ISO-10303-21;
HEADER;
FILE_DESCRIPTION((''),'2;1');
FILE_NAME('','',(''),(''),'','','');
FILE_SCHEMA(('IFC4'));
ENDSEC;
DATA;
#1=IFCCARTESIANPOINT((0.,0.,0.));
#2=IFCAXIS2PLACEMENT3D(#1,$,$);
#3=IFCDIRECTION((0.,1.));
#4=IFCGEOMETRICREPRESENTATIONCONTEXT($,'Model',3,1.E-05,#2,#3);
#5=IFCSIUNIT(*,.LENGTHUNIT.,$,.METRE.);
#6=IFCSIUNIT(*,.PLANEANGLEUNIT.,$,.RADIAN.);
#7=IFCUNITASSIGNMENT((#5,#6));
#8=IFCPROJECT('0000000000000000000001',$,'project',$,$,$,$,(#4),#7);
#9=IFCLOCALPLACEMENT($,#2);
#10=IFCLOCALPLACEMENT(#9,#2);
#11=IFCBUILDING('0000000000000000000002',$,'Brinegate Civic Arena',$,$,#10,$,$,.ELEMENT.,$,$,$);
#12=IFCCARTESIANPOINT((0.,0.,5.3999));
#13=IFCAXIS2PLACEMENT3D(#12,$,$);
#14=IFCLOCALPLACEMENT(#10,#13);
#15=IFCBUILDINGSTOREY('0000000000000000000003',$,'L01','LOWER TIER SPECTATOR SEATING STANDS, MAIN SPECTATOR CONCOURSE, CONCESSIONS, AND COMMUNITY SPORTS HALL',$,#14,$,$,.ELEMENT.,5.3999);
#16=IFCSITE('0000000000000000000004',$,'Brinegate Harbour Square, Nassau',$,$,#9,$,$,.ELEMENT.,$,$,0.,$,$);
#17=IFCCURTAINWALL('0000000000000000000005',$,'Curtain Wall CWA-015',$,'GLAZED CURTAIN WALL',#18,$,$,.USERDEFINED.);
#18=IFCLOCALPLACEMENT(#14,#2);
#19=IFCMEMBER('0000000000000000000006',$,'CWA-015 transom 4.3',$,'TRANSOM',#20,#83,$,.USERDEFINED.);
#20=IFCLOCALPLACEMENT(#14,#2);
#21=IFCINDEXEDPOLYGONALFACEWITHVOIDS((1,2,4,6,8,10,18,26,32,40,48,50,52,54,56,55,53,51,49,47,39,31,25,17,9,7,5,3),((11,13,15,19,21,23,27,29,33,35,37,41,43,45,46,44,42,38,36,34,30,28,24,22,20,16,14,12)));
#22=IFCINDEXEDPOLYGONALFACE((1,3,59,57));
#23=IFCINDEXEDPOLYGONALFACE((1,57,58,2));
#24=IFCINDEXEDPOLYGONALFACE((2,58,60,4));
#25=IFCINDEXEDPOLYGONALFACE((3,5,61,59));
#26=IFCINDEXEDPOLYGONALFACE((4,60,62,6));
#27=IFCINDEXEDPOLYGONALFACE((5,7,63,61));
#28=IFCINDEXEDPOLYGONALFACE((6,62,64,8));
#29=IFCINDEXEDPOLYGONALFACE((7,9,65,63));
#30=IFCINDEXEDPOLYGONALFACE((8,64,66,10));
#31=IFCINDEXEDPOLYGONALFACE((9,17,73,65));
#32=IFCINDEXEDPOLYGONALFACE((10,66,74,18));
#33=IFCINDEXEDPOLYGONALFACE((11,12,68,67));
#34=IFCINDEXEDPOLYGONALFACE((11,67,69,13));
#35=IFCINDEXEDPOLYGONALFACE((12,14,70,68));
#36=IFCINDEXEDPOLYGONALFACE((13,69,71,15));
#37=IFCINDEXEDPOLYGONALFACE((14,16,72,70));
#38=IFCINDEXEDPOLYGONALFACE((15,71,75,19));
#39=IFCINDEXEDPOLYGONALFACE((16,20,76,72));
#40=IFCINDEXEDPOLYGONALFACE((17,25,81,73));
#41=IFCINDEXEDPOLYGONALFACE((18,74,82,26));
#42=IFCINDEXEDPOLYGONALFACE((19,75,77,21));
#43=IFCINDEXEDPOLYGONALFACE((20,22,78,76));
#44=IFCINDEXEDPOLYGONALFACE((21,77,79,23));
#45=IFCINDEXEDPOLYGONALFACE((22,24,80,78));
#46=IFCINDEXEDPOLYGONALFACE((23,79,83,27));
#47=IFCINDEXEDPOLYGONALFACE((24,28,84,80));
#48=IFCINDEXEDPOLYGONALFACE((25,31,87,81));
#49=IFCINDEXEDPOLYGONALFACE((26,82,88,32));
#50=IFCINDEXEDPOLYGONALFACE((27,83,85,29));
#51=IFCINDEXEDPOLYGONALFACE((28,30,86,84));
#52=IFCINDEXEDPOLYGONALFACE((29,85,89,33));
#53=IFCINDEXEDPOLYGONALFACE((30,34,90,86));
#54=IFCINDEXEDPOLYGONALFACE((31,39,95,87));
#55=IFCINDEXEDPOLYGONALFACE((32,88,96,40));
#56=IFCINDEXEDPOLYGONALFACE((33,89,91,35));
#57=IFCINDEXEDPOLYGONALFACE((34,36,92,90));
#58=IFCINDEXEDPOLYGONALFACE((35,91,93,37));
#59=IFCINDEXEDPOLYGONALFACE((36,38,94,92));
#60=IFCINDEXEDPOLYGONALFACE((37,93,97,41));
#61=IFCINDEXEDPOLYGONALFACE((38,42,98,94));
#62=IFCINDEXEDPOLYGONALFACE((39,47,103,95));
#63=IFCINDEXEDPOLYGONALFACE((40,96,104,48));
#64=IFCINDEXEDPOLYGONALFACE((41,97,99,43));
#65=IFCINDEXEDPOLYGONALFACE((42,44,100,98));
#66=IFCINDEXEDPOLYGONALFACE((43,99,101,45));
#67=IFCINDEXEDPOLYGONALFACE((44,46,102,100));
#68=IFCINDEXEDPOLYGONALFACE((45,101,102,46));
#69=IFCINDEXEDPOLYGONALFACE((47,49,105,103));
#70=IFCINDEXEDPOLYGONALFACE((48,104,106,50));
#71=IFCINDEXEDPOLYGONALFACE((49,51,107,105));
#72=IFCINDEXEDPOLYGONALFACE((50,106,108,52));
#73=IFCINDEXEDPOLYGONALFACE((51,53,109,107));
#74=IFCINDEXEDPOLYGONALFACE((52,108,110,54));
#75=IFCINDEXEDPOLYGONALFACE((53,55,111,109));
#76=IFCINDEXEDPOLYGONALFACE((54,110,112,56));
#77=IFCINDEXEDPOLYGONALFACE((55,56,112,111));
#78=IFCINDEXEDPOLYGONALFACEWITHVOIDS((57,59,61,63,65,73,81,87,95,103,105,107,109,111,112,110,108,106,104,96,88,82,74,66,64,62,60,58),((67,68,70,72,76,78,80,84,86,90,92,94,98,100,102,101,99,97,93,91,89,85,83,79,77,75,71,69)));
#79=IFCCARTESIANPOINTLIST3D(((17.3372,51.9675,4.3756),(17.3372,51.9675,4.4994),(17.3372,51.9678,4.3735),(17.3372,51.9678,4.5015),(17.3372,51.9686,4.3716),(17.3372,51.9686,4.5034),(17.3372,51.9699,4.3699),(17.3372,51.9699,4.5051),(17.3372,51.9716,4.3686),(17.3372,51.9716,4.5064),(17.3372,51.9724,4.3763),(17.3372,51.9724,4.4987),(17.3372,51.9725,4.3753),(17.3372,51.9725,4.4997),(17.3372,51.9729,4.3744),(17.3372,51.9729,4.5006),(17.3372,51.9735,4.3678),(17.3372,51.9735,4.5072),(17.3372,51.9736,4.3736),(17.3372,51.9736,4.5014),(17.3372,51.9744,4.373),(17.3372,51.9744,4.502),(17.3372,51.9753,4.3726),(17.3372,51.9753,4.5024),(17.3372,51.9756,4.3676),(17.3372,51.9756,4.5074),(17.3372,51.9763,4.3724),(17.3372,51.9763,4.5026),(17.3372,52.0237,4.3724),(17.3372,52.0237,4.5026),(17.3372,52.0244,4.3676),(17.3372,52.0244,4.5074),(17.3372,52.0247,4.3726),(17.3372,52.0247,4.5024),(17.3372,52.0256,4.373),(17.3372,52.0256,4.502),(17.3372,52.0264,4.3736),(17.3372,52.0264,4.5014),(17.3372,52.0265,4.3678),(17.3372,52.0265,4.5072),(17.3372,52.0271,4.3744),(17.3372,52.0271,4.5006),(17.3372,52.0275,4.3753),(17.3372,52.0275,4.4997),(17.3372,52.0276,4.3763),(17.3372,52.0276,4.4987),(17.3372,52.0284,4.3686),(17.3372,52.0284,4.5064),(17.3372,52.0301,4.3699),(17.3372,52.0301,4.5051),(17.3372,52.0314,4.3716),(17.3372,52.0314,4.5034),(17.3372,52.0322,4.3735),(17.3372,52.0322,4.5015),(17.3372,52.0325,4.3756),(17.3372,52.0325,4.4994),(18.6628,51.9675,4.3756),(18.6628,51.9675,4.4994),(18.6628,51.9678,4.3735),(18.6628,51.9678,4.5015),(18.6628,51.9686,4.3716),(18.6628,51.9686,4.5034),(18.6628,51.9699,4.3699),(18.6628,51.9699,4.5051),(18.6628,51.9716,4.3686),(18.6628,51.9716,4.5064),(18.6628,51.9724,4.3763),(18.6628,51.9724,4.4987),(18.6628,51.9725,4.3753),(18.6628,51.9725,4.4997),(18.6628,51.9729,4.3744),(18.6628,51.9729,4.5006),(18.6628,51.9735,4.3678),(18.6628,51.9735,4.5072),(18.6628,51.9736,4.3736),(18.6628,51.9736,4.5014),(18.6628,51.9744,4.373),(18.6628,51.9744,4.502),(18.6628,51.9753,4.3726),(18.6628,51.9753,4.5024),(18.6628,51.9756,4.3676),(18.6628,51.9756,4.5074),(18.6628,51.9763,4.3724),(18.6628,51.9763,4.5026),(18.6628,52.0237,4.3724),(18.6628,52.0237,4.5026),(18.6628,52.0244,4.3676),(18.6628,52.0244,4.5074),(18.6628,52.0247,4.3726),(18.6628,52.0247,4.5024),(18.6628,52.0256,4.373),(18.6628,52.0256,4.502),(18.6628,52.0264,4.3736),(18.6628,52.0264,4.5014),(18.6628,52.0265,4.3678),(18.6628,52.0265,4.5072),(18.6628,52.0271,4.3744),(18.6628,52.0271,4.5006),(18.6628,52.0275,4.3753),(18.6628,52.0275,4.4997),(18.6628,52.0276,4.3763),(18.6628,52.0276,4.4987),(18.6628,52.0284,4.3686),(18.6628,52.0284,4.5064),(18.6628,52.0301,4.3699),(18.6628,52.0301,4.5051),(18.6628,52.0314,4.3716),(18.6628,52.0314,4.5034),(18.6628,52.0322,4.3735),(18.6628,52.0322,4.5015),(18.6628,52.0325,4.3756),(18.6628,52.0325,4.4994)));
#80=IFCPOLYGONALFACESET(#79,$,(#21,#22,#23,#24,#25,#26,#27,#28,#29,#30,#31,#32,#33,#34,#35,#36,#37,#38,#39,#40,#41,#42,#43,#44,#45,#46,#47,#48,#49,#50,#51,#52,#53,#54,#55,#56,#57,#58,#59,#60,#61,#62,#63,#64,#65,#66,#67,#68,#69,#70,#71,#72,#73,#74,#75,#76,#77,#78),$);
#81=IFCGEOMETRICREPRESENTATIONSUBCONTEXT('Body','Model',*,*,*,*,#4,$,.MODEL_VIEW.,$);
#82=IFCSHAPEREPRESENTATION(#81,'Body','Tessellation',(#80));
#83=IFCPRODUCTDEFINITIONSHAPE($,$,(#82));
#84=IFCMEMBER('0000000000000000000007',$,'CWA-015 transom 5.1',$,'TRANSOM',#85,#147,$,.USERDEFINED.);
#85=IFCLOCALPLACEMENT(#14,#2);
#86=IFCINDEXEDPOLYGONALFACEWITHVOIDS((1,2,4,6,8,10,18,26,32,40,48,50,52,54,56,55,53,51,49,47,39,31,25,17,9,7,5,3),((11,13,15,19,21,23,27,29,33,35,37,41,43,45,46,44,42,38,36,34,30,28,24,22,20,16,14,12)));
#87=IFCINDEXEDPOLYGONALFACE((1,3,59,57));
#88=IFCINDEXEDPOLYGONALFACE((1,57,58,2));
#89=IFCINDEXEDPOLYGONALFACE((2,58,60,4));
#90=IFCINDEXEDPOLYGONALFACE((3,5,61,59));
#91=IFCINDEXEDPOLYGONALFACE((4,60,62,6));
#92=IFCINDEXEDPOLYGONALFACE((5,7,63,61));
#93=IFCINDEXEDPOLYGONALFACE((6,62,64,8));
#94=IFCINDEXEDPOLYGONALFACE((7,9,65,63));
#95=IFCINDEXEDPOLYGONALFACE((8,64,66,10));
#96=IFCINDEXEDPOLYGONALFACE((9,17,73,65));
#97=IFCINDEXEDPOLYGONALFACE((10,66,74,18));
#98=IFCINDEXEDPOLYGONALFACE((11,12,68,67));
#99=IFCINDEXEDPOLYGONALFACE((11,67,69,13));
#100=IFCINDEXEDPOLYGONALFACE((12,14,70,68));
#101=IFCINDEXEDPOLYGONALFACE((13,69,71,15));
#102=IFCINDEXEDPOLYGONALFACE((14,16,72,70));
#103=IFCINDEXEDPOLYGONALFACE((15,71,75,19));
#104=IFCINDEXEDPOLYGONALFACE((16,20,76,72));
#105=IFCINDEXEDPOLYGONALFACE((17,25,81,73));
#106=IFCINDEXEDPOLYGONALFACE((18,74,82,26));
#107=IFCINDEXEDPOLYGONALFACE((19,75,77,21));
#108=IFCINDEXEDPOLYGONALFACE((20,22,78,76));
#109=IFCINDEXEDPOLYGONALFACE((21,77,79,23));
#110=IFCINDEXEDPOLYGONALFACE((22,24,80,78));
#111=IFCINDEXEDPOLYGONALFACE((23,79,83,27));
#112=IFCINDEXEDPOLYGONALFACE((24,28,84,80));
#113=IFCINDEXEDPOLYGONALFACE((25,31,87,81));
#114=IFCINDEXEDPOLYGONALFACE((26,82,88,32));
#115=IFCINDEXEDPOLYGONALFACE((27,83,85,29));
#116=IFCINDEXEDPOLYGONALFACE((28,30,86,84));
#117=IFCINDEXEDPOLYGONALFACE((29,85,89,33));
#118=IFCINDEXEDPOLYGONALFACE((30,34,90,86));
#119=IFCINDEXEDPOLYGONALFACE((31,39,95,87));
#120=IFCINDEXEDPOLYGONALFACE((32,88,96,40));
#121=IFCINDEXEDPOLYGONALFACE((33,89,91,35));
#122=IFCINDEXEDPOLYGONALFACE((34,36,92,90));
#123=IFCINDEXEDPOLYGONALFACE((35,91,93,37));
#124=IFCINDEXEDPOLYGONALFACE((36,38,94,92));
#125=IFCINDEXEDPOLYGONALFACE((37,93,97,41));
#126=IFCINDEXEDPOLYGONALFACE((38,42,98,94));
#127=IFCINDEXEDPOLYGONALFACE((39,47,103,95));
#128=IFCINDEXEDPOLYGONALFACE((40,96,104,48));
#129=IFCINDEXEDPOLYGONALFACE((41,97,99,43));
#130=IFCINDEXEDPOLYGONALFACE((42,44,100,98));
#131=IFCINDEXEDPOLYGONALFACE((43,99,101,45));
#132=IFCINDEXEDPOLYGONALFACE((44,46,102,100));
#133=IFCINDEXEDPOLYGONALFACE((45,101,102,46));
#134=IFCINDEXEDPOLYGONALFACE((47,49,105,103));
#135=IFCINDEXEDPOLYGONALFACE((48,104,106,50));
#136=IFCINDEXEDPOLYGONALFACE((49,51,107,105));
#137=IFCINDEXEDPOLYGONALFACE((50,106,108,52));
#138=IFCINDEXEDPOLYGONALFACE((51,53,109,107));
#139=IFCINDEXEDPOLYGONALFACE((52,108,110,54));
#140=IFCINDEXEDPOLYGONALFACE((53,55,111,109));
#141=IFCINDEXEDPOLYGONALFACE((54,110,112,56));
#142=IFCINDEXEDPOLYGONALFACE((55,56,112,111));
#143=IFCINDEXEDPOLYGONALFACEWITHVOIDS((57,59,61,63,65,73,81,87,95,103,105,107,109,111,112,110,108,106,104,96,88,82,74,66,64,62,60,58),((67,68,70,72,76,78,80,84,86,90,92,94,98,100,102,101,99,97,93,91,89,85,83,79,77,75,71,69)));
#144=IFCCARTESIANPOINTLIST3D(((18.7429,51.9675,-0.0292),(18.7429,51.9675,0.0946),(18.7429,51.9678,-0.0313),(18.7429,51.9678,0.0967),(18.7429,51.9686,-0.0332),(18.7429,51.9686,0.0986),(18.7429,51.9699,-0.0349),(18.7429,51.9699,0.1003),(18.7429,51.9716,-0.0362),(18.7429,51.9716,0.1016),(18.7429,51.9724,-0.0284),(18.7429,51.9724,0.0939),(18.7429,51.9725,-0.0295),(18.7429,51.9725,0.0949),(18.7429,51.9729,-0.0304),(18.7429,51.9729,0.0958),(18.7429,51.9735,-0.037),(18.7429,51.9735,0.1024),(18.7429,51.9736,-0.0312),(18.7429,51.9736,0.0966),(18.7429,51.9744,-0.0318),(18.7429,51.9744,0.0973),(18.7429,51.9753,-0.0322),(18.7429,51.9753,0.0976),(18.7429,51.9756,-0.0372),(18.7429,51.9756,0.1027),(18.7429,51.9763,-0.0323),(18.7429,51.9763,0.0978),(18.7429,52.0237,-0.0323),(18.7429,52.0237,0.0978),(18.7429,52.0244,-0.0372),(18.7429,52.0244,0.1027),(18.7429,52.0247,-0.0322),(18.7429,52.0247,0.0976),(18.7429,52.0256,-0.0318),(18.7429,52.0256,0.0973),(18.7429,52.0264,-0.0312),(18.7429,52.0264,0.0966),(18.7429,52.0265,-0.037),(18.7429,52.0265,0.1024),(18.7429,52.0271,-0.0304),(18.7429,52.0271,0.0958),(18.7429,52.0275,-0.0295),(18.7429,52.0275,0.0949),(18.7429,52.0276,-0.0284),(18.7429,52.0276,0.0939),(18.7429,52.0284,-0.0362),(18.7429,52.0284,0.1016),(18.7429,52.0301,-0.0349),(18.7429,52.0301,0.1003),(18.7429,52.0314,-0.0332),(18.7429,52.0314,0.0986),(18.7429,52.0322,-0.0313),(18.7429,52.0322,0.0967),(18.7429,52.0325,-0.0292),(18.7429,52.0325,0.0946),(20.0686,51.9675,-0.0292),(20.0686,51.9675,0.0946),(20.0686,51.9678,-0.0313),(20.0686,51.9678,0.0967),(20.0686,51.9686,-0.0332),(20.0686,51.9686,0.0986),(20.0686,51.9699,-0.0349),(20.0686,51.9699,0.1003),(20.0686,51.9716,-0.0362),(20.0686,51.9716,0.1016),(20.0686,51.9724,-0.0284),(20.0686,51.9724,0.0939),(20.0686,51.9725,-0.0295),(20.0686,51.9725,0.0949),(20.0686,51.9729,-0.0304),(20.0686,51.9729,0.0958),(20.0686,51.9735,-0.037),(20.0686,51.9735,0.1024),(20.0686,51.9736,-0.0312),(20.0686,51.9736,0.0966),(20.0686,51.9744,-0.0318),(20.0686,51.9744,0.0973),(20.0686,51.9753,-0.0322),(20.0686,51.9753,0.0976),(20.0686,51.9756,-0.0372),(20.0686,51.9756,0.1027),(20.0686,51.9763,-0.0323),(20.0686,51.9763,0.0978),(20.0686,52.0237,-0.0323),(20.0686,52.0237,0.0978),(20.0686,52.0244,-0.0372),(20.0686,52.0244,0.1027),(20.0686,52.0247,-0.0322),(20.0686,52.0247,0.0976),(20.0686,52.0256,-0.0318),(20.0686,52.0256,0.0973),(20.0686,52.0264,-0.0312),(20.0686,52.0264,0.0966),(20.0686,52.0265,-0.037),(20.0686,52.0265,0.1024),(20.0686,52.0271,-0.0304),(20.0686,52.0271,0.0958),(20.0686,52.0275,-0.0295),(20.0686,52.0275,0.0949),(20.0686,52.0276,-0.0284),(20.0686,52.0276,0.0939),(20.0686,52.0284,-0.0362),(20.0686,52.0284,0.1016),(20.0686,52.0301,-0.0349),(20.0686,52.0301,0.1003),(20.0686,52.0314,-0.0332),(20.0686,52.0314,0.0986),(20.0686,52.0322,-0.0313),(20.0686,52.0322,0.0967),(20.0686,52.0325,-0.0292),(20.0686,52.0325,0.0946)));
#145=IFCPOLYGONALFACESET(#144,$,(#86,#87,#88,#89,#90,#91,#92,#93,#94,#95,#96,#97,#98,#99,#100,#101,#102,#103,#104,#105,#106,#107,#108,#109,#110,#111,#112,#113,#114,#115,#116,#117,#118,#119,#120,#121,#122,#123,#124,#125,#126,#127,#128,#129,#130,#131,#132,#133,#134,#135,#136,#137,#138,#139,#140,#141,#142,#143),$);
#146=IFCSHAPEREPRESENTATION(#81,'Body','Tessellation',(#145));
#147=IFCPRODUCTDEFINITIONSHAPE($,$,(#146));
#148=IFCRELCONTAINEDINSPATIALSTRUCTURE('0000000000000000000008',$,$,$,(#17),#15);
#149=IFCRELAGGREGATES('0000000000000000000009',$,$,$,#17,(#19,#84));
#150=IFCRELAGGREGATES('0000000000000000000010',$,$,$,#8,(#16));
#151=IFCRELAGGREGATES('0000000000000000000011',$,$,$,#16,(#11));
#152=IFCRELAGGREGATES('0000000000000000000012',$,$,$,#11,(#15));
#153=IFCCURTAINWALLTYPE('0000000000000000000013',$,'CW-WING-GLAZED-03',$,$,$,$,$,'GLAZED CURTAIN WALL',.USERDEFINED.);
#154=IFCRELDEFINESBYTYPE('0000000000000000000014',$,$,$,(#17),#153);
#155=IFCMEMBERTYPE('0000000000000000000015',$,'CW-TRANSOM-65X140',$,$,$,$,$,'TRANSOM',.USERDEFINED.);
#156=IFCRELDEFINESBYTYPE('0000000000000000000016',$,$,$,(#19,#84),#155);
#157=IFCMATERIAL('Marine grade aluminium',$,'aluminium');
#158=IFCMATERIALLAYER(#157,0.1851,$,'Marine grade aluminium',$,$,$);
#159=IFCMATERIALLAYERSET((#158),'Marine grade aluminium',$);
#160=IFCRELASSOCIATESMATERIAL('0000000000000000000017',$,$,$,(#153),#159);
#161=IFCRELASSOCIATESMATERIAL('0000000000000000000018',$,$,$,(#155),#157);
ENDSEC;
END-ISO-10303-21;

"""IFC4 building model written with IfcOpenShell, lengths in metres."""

from ifc_helpers import new_model, si_unit, direction, frame, origin, origin_2d, place, context, subcontext, project, spatial, hollow_rectangle, extrude, material, layer, layer_set, material_profile, profile_set, type_object, element, aggregate, save


model = new_model("IFC4")

# Units and contexts
model_context = context("Model", 3, precision=1e-05, world=origin(), true_north=direction((0.0, 1.0)))
body_context = subcontext(model_context, "Body", "Model", "MODEL_VIEW")
ifc_project = project(units=[si_unit("LENGTHUNIT", "METRE"), si_unit("PLANEANGLEUNIT", "RADIAN")], contexts=[model_context])

# Site, building, storey
site_placement = place(None, origin())
site = spatial("IfcSite", under=ifc_project, at=site_placement, Name="Brinegate Harbour Square, Nassau", CompositionType="ELEMENT", RefElevation=0.0)
building_placement = place(site_placement, origin())
building = spatial("IfcBuilding", under=site, at=building_placement, Name="Brinegate Civic Arena", CompositionType="ELEMENT")
storey_placement = place(building_placement, frame((0.0, 0.0, 5.3999)))
storey = spatial("IfcBuildingStorey", under=building, at=storey_placement, Name="L01", Description="LOWER TIER SPECTATOR SEATING STANDS, MAIN SPECTATOR CONCOURSE, CONCESSIONS, AND COMMUNITY SPORTS HALL", CompositionType="ELEMENT", Elevation=5.3999)

# Curtain wall, members
ifc_material_1 = material(Name="Marine grade aluminium", Category="aluminium")
ifc_layer_1 = layer(ifc_material_1, 0.1851, Name="Marine grade aluminium")
ifc_layer_set_1 = layer_set([ifc_layer_1], Name="Marine grade aluminium")
curtain_wall_type = type_object("IfcCurtainWallType", Name="CW-WING-GLAZED-03", ElementType="GLAZED CURTAIN WALL", PredefinedType="USERDEFINED", material=ifc_layer_set_1)
curtain_wall_placement = place(storey_placement, origin())
curtain_wall = element("IfcCurtainWall", 1, at=curtain_wall_placement, inside=storey, type_object=curtain_wall_type, Name="Curtain Wall CWA-015", ObjectType="GLAZED CURTAIN WALL", PredefinedType="USERDEFINED")
ifc_material_profile_1 = material_profile(ifc_material_1, hollow_rectangle(XDim=0.0649, YDim=0.1399, WallThickness=0.0049, InnerFilletRadius=0.0039, OuterFilletRadius=0.0081, at=origin_2d()), Name="TRN65X140")
ifc_profile_set_1 = profile_set([ifc_material_profile_1], Name="Marine grade aluminium")
member_type_1 = type_object("IfcMemberType", Name="CW-TRANSOM-65X140", ElementType="TRANSOM", PredefinedType="USERDEFINED", material=ifc_profile_set_1)
member_1_placement = place(storey_placement, frame((17.3372, 52.0, 4.4375), z_axis=(1.0, 0.0, 0.0), x_axis=(0.0, 1.0, 0.0)))
member_1 = element("IfcMember", 2, at=member_1_placement, type_object=member_type_1, Name="CWA-015 transom 4.3", ObjectType="TRANSOM", PredefinedType="USERDEFINED", context=body_context, shape_type="SweptSolid", body=[
    extrude(hollow_rectangle(XDim=0.0649, YDim=0.1399, WallThickness=0.0049, InnerFilletRadius=0.0039, OuterFilletRadius=0.0081, at=origin_2d()), origin(), (0.0, 0.0, 1.0), 1.3257),
])
member_2_placement = place(storey_placement, frame((18.7429, 52.0, 0.0327), z_axis=(1.0, 0.0, 0.0), x_axis=(0.0, 1.0, 0.0)))
member_2 = element("IfcMember", 3, at=member_2_placement, type_object=member_type_1, Name="CWA-015 transom 5.1", ObjectType="TRANSOM", PredefinedType="USERDEFINED", context=body_context, shape_type="SweptSolid", body=[
    extrude(hollow_rectangle(XDim=0.0649, YDim=0.1399, WallThickness=0.0049, InnerFilletRadius=0.0039, OuterFilletRadius=0.0081, at=origin_2d()), origin(), (0.0, 0.0, 1.0), 1.3257),
])
aggregate(curtain_wall, [member_1, member_2])

save(model, "model.ifc")
